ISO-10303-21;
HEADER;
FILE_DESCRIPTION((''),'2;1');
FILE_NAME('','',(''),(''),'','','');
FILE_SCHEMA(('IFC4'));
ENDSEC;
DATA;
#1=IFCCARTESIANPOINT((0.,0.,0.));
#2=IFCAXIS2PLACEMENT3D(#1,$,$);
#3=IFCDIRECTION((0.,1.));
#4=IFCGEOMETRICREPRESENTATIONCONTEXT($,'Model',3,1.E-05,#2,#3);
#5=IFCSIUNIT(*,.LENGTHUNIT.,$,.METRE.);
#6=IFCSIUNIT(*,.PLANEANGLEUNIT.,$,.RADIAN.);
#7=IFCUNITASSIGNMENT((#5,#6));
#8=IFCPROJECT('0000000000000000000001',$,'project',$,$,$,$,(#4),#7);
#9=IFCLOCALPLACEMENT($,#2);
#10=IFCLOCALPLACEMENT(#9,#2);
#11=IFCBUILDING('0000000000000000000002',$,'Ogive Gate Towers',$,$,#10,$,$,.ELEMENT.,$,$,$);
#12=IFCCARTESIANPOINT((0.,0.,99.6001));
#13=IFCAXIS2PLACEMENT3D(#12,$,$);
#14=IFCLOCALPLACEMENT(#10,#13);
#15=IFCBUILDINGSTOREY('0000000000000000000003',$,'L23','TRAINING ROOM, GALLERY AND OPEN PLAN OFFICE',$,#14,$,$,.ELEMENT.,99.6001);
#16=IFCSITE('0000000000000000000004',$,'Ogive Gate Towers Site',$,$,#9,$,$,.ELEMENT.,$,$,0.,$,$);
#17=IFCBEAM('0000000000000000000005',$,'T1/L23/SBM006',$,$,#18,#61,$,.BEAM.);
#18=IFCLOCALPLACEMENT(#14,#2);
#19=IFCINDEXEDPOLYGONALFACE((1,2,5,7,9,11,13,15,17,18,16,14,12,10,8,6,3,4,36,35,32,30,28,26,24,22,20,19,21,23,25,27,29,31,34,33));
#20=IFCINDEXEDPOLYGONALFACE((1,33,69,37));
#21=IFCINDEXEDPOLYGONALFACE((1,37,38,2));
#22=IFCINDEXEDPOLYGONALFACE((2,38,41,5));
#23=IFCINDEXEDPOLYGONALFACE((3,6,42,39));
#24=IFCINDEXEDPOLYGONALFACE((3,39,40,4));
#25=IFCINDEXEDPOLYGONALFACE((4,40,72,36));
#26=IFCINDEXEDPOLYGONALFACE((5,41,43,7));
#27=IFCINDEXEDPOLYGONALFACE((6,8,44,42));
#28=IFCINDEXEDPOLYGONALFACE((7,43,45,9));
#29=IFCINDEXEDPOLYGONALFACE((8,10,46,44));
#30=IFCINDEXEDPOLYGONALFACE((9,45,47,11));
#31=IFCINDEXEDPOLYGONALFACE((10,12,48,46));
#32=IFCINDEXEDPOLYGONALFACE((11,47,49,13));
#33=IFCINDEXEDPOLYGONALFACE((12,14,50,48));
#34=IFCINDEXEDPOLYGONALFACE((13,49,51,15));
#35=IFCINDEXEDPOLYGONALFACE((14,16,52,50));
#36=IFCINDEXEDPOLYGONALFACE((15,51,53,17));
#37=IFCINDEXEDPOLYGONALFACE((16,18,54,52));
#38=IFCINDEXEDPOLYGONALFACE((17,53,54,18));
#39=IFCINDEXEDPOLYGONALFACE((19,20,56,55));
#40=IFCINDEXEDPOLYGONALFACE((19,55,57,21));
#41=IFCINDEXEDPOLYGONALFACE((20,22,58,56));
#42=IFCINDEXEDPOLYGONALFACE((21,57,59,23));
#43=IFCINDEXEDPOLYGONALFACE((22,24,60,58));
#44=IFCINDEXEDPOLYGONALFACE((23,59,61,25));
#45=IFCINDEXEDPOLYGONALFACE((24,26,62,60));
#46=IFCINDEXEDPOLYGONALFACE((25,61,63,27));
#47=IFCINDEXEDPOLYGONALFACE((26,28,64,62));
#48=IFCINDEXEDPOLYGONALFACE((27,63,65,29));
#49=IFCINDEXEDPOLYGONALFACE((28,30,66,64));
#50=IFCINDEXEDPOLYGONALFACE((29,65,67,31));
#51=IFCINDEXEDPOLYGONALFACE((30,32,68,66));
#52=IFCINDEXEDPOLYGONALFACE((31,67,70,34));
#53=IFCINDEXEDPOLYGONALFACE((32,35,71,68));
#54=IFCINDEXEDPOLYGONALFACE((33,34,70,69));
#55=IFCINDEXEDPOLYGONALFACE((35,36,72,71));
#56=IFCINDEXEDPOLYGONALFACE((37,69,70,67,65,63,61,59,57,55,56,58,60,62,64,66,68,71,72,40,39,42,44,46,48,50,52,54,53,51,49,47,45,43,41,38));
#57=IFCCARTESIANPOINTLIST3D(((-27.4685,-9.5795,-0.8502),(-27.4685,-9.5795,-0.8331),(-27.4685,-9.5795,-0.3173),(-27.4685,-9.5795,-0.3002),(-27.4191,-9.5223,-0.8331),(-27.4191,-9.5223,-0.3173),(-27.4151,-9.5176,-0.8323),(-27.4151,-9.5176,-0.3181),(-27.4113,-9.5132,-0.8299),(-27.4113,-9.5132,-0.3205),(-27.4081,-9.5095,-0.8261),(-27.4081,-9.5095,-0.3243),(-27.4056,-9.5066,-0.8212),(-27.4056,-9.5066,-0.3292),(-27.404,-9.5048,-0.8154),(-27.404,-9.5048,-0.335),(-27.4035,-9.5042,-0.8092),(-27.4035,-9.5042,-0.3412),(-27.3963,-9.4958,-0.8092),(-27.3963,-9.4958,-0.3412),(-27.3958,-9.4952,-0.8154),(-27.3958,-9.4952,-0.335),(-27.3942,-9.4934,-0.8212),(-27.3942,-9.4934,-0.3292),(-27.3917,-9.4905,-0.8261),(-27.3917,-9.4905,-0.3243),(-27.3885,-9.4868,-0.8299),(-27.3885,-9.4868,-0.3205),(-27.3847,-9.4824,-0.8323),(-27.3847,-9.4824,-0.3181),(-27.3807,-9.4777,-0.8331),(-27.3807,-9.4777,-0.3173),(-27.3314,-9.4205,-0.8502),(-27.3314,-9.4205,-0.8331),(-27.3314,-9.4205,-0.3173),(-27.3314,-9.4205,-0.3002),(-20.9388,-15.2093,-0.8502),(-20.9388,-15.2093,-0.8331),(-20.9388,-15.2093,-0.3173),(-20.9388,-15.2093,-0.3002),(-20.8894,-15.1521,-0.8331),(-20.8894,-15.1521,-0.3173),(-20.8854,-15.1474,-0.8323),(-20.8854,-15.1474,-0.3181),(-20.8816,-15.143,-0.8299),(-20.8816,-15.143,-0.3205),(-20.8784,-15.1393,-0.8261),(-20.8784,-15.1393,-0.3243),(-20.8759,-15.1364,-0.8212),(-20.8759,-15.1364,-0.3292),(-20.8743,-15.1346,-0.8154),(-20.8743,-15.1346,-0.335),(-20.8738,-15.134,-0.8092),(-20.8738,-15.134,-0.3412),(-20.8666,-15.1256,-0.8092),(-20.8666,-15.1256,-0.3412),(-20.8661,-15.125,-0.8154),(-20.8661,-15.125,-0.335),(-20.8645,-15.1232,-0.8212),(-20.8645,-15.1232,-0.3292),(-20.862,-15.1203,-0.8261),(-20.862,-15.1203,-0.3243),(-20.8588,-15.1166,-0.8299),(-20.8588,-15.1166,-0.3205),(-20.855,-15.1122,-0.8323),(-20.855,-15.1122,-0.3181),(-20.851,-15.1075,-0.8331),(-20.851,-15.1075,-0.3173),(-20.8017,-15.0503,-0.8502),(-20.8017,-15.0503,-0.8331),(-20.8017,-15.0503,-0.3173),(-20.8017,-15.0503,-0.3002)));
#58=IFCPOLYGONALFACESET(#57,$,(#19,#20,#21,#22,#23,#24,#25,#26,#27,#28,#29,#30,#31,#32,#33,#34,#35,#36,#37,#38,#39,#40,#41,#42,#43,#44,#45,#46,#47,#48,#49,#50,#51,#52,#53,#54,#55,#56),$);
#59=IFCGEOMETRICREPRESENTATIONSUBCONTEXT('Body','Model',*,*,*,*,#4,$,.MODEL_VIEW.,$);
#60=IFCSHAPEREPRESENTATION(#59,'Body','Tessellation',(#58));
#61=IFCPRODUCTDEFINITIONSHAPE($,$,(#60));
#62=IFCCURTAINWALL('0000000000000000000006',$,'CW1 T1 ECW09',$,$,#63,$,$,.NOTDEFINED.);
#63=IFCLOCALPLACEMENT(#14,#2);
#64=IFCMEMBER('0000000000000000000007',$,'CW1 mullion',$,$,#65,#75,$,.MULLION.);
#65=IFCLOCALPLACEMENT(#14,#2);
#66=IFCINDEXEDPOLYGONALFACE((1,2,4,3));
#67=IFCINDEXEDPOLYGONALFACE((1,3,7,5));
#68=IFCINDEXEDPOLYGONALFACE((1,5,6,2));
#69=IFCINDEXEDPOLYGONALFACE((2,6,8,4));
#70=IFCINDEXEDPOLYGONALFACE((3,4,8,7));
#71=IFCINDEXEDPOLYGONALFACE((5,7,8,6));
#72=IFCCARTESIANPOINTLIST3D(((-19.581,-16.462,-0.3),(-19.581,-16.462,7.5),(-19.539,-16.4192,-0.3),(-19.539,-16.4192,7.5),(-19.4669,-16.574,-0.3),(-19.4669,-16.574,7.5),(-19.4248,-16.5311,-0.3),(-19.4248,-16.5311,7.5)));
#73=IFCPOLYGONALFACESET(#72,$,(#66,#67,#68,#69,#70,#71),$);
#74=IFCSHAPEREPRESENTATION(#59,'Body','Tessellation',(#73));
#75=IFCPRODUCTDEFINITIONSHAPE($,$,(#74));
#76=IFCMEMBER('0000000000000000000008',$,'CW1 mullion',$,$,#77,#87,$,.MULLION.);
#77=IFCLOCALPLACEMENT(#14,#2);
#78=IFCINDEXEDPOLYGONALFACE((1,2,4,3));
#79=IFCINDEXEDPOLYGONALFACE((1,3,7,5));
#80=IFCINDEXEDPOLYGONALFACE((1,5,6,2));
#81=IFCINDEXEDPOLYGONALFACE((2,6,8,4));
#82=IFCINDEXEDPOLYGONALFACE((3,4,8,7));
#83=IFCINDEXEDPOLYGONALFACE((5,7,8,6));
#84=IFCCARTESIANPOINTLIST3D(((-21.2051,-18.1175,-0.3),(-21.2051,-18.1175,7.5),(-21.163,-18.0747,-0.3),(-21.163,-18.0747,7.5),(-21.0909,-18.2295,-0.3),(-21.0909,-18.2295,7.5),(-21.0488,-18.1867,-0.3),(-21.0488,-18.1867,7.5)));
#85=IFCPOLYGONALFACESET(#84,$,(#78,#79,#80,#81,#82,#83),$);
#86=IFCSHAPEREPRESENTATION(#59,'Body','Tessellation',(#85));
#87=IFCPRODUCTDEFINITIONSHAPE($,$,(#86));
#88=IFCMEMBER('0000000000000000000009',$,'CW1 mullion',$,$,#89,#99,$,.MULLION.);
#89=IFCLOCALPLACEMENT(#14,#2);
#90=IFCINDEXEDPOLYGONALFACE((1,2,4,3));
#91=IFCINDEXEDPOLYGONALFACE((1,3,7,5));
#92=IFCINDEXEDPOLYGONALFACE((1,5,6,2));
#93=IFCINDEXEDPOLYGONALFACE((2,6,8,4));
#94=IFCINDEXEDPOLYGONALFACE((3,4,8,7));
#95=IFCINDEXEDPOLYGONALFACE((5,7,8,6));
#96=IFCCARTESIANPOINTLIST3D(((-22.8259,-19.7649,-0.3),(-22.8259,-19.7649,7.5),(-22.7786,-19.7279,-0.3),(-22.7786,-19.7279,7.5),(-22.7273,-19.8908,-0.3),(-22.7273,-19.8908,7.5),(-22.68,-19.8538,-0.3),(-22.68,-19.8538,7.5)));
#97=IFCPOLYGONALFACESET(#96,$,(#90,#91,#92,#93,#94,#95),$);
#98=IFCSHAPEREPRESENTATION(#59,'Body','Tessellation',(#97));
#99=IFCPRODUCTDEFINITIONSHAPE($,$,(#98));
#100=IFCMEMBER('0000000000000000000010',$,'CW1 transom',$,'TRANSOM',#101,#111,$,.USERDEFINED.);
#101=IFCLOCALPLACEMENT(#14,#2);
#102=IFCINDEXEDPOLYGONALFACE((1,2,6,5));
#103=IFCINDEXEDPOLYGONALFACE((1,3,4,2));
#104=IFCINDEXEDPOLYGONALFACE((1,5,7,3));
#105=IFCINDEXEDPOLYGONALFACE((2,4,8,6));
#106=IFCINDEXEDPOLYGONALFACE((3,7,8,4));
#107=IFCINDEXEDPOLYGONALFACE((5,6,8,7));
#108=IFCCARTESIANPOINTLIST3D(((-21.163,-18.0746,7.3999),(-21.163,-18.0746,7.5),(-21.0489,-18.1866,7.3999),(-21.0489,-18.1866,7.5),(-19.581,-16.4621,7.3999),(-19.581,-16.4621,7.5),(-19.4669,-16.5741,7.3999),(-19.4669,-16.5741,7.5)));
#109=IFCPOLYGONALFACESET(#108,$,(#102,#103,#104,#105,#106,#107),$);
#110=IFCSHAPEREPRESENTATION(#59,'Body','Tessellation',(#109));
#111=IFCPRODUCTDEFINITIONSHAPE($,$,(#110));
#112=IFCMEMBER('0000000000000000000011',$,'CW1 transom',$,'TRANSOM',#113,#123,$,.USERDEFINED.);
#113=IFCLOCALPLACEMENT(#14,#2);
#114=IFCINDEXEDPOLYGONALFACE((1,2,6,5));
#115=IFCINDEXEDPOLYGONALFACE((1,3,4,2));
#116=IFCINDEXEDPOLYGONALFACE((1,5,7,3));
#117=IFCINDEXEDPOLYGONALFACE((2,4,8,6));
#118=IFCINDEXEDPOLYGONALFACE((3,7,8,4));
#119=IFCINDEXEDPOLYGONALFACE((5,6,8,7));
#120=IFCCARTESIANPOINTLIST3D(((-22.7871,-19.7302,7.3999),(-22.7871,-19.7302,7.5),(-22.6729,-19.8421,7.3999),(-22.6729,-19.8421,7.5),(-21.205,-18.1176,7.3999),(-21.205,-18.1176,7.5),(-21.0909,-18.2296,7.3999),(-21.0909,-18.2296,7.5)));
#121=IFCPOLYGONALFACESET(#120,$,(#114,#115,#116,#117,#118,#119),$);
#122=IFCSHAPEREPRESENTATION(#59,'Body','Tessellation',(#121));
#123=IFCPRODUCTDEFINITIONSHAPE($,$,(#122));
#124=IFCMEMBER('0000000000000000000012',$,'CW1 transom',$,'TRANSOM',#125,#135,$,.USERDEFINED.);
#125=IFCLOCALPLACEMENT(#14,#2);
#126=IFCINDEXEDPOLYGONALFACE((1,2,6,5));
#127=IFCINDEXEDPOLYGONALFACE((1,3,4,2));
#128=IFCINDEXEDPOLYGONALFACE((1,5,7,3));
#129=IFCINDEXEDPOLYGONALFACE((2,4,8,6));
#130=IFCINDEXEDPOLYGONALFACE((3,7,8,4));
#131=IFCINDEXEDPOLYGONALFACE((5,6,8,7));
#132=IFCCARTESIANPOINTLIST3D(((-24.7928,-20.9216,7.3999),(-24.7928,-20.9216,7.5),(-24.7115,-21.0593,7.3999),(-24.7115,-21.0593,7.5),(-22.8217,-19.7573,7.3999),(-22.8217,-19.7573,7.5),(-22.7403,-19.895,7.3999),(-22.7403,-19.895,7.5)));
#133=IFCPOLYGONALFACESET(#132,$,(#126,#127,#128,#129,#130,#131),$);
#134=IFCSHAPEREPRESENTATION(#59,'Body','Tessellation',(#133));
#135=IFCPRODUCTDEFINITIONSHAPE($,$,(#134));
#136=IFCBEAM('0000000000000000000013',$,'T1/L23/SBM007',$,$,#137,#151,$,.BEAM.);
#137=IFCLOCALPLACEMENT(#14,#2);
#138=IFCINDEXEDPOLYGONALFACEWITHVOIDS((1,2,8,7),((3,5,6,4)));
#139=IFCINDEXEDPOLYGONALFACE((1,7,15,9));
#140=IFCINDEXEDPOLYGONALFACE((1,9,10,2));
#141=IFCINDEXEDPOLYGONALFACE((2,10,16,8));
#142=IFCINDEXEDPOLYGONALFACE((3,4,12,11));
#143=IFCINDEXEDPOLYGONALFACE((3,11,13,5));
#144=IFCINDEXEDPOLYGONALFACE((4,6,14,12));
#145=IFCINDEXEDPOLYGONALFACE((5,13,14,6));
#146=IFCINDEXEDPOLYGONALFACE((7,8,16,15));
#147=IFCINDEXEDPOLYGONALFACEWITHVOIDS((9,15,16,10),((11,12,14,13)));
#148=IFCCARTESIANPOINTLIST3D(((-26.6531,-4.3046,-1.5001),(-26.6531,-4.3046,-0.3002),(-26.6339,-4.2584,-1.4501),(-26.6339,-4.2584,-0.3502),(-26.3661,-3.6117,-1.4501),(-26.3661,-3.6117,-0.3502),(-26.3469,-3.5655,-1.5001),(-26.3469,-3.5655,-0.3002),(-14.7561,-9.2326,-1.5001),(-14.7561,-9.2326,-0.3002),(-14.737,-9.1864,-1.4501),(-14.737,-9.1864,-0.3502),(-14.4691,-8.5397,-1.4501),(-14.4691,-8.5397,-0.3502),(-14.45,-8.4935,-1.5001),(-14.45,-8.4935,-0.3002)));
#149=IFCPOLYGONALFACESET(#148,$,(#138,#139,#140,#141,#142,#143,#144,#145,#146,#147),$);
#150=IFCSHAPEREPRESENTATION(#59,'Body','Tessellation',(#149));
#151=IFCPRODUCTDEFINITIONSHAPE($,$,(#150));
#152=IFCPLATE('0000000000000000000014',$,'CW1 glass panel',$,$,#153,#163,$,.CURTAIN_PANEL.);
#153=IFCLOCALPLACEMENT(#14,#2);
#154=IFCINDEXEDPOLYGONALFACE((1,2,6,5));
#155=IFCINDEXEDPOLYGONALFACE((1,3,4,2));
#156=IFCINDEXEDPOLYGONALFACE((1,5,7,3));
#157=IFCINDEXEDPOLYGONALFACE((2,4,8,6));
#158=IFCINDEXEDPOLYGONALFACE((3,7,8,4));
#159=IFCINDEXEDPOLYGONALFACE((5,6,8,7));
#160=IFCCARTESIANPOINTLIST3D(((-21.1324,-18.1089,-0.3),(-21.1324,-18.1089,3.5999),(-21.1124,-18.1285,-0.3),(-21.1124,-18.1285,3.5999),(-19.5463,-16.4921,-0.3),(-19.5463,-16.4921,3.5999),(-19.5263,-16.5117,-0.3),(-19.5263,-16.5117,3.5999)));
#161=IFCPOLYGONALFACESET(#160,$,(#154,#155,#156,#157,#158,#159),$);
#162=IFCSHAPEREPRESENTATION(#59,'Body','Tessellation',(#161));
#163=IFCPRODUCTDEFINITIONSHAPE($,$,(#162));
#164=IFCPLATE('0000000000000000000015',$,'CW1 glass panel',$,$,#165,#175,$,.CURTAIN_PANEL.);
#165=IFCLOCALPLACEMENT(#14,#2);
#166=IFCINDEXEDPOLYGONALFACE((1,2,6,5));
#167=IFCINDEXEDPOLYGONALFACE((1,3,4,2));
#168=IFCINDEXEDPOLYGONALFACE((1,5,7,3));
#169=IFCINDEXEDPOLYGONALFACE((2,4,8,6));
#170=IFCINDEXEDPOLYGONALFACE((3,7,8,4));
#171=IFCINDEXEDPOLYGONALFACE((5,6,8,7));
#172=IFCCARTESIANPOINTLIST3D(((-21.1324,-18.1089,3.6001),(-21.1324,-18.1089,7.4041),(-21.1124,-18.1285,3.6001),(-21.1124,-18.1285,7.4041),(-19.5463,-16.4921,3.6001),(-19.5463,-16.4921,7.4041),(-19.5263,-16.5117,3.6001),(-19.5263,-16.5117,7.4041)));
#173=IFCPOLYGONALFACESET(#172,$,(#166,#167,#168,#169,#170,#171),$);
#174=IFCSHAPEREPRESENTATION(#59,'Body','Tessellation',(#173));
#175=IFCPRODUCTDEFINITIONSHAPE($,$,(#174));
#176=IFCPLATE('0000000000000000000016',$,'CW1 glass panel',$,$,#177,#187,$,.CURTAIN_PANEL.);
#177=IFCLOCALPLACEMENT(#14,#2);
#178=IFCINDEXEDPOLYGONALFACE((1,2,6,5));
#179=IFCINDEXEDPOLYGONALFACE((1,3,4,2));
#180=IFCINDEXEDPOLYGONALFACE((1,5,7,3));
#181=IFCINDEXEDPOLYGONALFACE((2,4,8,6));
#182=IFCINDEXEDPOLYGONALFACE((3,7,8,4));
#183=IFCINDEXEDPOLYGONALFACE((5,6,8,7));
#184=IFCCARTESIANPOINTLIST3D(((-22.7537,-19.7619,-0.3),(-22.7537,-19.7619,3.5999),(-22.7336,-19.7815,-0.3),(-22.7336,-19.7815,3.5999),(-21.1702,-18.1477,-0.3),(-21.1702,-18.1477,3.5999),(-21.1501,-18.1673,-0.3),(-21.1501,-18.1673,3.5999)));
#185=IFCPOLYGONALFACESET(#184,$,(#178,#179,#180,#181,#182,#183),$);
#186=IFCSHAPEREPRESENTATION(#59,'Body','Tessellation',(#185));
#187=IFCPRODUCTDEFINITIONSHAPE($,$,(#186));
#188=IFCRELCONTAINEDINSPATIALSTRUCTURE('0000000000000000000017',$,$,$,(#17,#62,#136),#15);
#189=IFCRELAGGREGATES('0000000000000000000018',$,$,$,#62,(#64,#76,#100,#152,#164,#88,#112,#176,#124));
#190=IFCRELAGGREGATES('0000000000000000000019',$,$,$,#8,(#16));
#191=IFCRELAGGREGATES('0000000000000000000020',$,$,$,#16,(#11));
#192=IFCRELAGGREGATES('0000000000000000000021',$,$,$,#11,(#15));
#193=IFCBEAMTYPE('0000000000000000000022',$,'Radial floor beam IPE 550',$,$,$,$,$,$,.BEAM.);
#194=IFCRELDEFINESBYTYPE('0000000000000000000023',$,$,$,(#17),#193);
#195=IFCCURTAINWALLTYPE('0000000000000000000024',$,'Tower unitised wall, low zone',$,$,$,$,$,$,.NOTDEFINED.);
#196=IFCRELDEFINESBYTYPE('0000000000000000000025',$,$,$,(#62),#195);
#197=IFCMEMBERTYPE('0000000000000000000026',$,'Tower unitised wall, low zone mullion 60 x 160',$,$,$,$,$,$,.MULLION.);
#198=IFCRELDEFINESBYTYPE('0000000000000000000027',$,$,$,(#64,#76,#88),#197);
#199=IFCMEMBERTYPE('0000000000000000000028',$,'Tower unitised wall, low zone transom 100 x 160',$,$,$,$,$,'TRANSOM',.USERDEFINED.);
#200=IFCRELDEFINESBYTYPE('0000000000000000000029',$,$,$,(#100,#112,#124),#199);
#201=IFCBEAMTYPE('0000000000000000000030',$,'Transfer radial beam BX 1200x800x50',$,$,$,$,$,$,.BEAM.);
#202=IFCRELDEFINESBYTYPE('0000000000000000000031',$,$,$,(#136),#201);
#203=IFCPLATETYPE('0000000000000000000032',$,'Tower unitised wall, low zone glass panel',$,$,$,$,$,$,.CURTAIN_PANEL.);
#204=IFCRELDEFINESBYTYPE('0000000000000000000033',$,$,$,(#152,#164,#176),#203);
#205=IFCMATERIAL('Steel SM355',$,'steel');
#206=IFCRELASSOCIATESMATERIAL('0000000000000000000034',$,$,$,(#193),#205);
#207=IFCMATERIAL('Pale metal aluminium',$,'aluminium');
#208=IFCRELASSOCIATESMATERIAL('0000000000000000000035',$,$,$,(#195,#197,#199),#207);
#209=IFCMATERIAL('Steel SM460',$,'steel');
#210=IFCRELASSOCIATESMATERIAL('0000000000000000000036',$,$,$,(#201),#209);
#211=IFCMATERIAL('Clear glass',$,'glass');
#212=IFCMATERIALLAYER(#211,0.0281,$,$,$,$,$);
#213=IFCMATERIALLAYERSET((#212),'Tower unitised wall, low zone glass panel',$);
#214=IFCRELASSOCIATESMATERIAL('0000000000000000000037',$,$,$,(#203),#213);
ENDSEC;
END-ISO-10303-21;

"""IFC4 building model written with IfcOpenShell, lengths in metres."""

from ifc_helpers import new_model, si_unit, direction, frame, origin, origin_2d, place, context, subcontext, project, spatial, rectangle, hollow_rectangle, i_section, extrude, material, layer, layer_set, material_profile, profile_set, type_object, element, aggregate, save


model = new_model("IFC4")

# Units and contexts
model_context = context("Model", 3, precision=1e-05, world=origin(), true_north=direction((0.0, 1.0)))
body_context = subcontext(model_context, "Body", "Model", "MODEL_VIEW")
ifc_project = project(units=[si_unit("LENGTHUNIT", "METRE"), si_unit("PLANEANGLEUNIT", "RADIAN")], contexts=[model_context])

# Site, building, storey
site_placement = place(None, origin())
site = spatial("IfcSite", under=ifc_project, at=site_placement, Name="Ogive Gate Towers Site", CompositionType="ELEMENT", RefElevation=0.0)
building_placement = place(site_placement, origin())
building = spatial("IfcBuilding", under=site, at=building_placement, Name="Ogive Gate Towers", CompositionType="ELEMENT")
storey_placement = place(building_placement, frame((0.0, 0.0, 99.6001)))
storey = spatial("IfcBuildingStorey", under=building, at=storey_placement, Name="L23", Description="TRAINING ROOM, GALLERY AND OPEN PLAN OFFICE", CompositionType="ELEMENT", Elevation=99.6001)

# Beam
ifc_material_1 = material(Name="Steel SM355", Category="steel")
ifc_material_profile_1 = material_profile(ifc_material_1, i_section(OverallWidth=0.21, OverallDepth=0.55, WebThickness=0.011, FlangeThickness=0.0171, FilletRadius=0.0239, at=origin_2d()), Name="IPE 550")
ifc_profile_set_1 = profile_set([ifc_material_profile_1], Name="Steel SM355")
beam_type_1 = type_object("IfcBeamType", Name="Radial floor beam IPE 550", PredefinedType="BEAM", material=ifc_profile_set_1)
beam_1_placement = place(storey_placement, frame((-27.3999, -9.5, -0.5752), z_axis=(0.757366, -0.65299, 0.0), x_axis=(0.65299, 0.757366, 0.0)))
element("IfcBeam", 1, at=beam_1_placement, inside=storey, type_object=beam_type_1, Name="T1/L23/SBM006", PredefinedType="BEAM", context=body_context, shape_type="SweptSolid", body=[
    extrude(i_section(OverallWidth=0.21, OverallDepth=0.55, WebThickness=0.011, FlangeThickness=0.0171, FilletRadius=0.0239, at=origin_2d()), origin(), (0.0, 0.0, 1.0), 8.6216),
])

# Curtain wall, members
ifc_material_2 = material(Name="Pale metal aluminium", Category="aluminium")
curtain_wall_type = type_object("IfcCurtainWallType", Name="Tower unitised wall, low zone", PredefinedType="NOTDEFINED", material=ifc_material_2)
curtain_wall_placement = place(storey_placement, origin())
curtain_wall = element("IfcCurtainWall", 2, at=curtain_wall_placement, inside=storey, type_object=curtain_wall_type, Name="CW1 T1 ECW09", PredefinedType="NOTDEFINED")
ifc_material_profile_2 = material_profile(ifc_material_2, rectangle(XDim=0.1599, YDim=0.0601, at=origin_2d()), Name="60 x 160 aluminium box")
ifc_profile_set_2 = profile_set([ifc_material_profile_2], Name="Pale metal aluminium")
member_type_1 = type_object("IfcMemberType", Name="Tower unitised wall, low zone mullion 60 x 160", PredefinedType="MULLION", material=ifc_profile_set_2)
member_1_placement = place(storey_placement, frame((-19.5029, -16.4966, -0.3), z_axis=(0.0, 0.0, 1.0), x_axis=(-0.71385, 0.700299, 0.0)))
member_1 = element("IfcMember", 3, at=member_1_placement, type_object=member_type_1, Name="CW1 mullion", PredefinedType="MULLION", context=body_context, shape_type="SweptSolid", body=[
    extrude(rectangle(XDim=0.1599, YDim=0.0601, at=origin_2d()), origin(), (0.0, 0.0, 1.0), 7.8),
])
member_2_placement = place(storey_placement, frame((-21.127, -18.1521, -0.3), z_axis=(0.0, 0.0, 1.0), x_axis=(-0.71385, 0.700299, 0.0)))
member_2 = element("IfcMember", 4, at=member_2_placement, type_object=member_type_1, Name="CW1 mullion", PredefinedType="MULLION", context=body_context, shape_type="SweptSolid", body=[
    extrude(rectangle(XDim=0.1599, YDim=0.0601, at=origin_2d()), origin(), (0.0, 0.0, 1.0), 7.8),
])
member_3_placement = place(storey_placement, frame((-22.7529, -19.8093, -0.3), z_axis=(0.0, 0.0, 1.0), x_axis=(-0.616459, 0.787387, 0.0)))
member_3 = element("IfcMember", 5, at=member_3_placement, type_object=member_type_1, Name="CW1 mullion", PredefinedType="MULLION", context=body_context, shape_type="SweptSolid", body=[
    extrude(rectangle(XDim=0.1599, YDim=0.0601, at=origin_2d()), origin(), (0.0, 0.0, 1.0), 7.8),
])
ifc_material_profile_3 = material_profile(ifc_material_2, rectangle(XDim=0.1599, YDim=0.1001, at=origin_2d()), Name="100 x 160 aluminium box")
ifc_profile_set_3 = profile_set([ifc_material_profile_3], Name="Pale metal aluminium")
member_type_2 = type_object("IfcMemberType", Name="Tower unitised wall, low zone transom 100 x 160", ElementType="TRANSOM", PredefinedType="USERDEFINED", material=ifc_profile_set_3)
member_4_placement = place(storey_placement, frame((-19.5239, -16.5181, 7.45), z_axis=(-0.70032, -0.713829, 0.0), x_axis=(0.713829, -0.70032, 0.0)))
member_4 = element("IfcMember", 6, at=member_4_placement, type_object=member_type_2, Name="CW1 transom", ObjectType="TRANSOM", PredefinedType="USERDEFINED", context=body_context, shape_type="SweptSolid", body=[
    extrude(rectangle(XDim=0.1599, YDim=0.1001, at=origin_2d()), origin(), (0.0, 0.0, 1.0), 2.259),
])
member_5_placement = place(storey_placement, frame((-21.1479, -18.1736, 7.45), z_axis=(-0.70032, -0.713829, 0.0), x_axis=(0.713829, -0.70032, 0.0)))
member_5 = element("IfcMember", 7, at=member_5_placement, type_object=member_type_2, Name="CW1 transom", ObjectType="TRANSOM", PredefinedType="USERDEFINED", context=body_context, shape_type="SweptSolid", body=[
    extrude(rectangle(XDim=0.1599, YDim=0.1001, at=origin_2d()), origin(), (0.0, 0.0, 1.0), 2.259),
])
member_6_placement = place(storey_placement, frame((-22.781, -19.8262, 7.45), z_axis=(-0.86102, -0.508571, 0.0), x_axis=(0.508571, -0.86102, 0.0)))
member_6 = element("IfcMember", 8, at=member_6_placement, type_object=member_type_2, Name="CW1 transom", ObjectType="TRANSOM", PredefinedType="USERDEFINED", context=body_context, shape_type="SweptSolid", body=[
    extrude(rectangle(XDim=0.1599, YDim=0.1001, at=origin_2d()), origin(), (0.0, 0.0, 1.0), 2.2893),
])

# Beam
ifc_material_3 = material(Name="Steel SM460", Category="steel")
ifc_material_profile_4 = material_profile(ifc_material_3, hollow_rectangle(XDim=0.8, YDim=1.2, WallThickness=0.05, at=origin_2d()), Name="BX 1200x800x50")
ifc_profile_set_4 = profile_set([ifc_material_profile_4], Name="Steel SM460")
beam_type_2 = type_object("IfcBeamType", Name="Transfer radial beam BX 1200x800x50", PredefinedType="BEAM", material=ifc_profile_set_4)
beam_2_placement = place(storey_placement, frame((-26.5, -3.9351, -0.9001), z_axis=(0.923877, -0.382689, 0.0), x_axis=(0.382689, 0.923877, 0.0)))
element("IfcBeam", 9, at=beam_2_placement, inside=storey, type_object=beam_type_2, Name="T1/L23/SBM007", PredefinedType="BEAM", context=body_context, shape_type="SweptSolid", body=[
    extrude(hollow_rectangle(XDim=0.8, YDim=1.2, WallThickness=0.05, at=origin_2d()), origin(), (0.0, 0.0, 1.0), 12.8772),
])

# Plates
ifc_material_4 = material(Name="Clear glass", Category="glass")
ifc_layer_1 = layer(ifc_material_4, 0.0281)
ifc_layer_set_1 = layer_set([ifc_layer_1], Name="Tower unitised wall, low zone glass panel")
plate_type = type_object("IfcPlateType", Name="Tower unitised wall, low zone glass panel", PredefinedType="CURTAIN_PANEL", material=ifc_layer_set_1)
plate_1_placement = place(storey_placement, frame((-20.3293, -17.3103, -0.3), z_axis=(0.0, 0.0, 1.0), x_axis=(-0.700299, -0.71385, 0.0)))
plate_1 = element("IfcPlate", 10, at=plate_1_placement, type_object=plate_type, Name="CW1 glass panel", PredefinedType="CURTAIN_PANEL", context=body_context, shape_type="SweptSolid", body=[
    extrude(rectangle(XDim=2.2649, YDim=0.0281, at=origin_2d()), origin(), (0.0, 0.0, 1.0), 3.8999),
])
plate_2_placement = place(storey_placement, frame((-20.3293, -17.3103, 3.6001), z_axis=(0.0, 0.0, 1.0), x_axis=(-0.700299, -0.71385, 0.0)))
plate_2 = element("IfcPlate", 11, at=plate_2_placement, type_object=plate_type, Name="CW1 glass panel", PredefinedType="CURTAIN_PANEL", context=body_context, shape_type="SweptSolid", body=[
    extrude(rectangle(XDim=2.2649, YDim=0.0281, at=origin_2d()), origin(), (0.0, 0.0, 1.0), 3.804),
])
plate_3_placement = place(storey_placement, frame((-21.9519, -18.9646, -0.3), z_axis=(0.0, 0.0, 1.0), x_axis=(-0.700287, -0.713862, 0.0)))
plate_3 = element("IfcPlate", 12, at=plate_3_placement, type_object=plate_type, Name="CW1 glass panel", PredefinedType="CURTAIN_PANEL", context=body_context, shape_type="SweptSolid", body=[
    extrude(rectangle(XDim=2.2612, YDim=0.0281, at=origin_2d()), origin(), (0.0, 0.0, 1.0), 3.8999),
])
aggregate(curtain_wall, [member_1, member_2, member_4, plate_1, plate_2, member_3, member_5, plate_3, member_6])

save(model, "model.ifc")
